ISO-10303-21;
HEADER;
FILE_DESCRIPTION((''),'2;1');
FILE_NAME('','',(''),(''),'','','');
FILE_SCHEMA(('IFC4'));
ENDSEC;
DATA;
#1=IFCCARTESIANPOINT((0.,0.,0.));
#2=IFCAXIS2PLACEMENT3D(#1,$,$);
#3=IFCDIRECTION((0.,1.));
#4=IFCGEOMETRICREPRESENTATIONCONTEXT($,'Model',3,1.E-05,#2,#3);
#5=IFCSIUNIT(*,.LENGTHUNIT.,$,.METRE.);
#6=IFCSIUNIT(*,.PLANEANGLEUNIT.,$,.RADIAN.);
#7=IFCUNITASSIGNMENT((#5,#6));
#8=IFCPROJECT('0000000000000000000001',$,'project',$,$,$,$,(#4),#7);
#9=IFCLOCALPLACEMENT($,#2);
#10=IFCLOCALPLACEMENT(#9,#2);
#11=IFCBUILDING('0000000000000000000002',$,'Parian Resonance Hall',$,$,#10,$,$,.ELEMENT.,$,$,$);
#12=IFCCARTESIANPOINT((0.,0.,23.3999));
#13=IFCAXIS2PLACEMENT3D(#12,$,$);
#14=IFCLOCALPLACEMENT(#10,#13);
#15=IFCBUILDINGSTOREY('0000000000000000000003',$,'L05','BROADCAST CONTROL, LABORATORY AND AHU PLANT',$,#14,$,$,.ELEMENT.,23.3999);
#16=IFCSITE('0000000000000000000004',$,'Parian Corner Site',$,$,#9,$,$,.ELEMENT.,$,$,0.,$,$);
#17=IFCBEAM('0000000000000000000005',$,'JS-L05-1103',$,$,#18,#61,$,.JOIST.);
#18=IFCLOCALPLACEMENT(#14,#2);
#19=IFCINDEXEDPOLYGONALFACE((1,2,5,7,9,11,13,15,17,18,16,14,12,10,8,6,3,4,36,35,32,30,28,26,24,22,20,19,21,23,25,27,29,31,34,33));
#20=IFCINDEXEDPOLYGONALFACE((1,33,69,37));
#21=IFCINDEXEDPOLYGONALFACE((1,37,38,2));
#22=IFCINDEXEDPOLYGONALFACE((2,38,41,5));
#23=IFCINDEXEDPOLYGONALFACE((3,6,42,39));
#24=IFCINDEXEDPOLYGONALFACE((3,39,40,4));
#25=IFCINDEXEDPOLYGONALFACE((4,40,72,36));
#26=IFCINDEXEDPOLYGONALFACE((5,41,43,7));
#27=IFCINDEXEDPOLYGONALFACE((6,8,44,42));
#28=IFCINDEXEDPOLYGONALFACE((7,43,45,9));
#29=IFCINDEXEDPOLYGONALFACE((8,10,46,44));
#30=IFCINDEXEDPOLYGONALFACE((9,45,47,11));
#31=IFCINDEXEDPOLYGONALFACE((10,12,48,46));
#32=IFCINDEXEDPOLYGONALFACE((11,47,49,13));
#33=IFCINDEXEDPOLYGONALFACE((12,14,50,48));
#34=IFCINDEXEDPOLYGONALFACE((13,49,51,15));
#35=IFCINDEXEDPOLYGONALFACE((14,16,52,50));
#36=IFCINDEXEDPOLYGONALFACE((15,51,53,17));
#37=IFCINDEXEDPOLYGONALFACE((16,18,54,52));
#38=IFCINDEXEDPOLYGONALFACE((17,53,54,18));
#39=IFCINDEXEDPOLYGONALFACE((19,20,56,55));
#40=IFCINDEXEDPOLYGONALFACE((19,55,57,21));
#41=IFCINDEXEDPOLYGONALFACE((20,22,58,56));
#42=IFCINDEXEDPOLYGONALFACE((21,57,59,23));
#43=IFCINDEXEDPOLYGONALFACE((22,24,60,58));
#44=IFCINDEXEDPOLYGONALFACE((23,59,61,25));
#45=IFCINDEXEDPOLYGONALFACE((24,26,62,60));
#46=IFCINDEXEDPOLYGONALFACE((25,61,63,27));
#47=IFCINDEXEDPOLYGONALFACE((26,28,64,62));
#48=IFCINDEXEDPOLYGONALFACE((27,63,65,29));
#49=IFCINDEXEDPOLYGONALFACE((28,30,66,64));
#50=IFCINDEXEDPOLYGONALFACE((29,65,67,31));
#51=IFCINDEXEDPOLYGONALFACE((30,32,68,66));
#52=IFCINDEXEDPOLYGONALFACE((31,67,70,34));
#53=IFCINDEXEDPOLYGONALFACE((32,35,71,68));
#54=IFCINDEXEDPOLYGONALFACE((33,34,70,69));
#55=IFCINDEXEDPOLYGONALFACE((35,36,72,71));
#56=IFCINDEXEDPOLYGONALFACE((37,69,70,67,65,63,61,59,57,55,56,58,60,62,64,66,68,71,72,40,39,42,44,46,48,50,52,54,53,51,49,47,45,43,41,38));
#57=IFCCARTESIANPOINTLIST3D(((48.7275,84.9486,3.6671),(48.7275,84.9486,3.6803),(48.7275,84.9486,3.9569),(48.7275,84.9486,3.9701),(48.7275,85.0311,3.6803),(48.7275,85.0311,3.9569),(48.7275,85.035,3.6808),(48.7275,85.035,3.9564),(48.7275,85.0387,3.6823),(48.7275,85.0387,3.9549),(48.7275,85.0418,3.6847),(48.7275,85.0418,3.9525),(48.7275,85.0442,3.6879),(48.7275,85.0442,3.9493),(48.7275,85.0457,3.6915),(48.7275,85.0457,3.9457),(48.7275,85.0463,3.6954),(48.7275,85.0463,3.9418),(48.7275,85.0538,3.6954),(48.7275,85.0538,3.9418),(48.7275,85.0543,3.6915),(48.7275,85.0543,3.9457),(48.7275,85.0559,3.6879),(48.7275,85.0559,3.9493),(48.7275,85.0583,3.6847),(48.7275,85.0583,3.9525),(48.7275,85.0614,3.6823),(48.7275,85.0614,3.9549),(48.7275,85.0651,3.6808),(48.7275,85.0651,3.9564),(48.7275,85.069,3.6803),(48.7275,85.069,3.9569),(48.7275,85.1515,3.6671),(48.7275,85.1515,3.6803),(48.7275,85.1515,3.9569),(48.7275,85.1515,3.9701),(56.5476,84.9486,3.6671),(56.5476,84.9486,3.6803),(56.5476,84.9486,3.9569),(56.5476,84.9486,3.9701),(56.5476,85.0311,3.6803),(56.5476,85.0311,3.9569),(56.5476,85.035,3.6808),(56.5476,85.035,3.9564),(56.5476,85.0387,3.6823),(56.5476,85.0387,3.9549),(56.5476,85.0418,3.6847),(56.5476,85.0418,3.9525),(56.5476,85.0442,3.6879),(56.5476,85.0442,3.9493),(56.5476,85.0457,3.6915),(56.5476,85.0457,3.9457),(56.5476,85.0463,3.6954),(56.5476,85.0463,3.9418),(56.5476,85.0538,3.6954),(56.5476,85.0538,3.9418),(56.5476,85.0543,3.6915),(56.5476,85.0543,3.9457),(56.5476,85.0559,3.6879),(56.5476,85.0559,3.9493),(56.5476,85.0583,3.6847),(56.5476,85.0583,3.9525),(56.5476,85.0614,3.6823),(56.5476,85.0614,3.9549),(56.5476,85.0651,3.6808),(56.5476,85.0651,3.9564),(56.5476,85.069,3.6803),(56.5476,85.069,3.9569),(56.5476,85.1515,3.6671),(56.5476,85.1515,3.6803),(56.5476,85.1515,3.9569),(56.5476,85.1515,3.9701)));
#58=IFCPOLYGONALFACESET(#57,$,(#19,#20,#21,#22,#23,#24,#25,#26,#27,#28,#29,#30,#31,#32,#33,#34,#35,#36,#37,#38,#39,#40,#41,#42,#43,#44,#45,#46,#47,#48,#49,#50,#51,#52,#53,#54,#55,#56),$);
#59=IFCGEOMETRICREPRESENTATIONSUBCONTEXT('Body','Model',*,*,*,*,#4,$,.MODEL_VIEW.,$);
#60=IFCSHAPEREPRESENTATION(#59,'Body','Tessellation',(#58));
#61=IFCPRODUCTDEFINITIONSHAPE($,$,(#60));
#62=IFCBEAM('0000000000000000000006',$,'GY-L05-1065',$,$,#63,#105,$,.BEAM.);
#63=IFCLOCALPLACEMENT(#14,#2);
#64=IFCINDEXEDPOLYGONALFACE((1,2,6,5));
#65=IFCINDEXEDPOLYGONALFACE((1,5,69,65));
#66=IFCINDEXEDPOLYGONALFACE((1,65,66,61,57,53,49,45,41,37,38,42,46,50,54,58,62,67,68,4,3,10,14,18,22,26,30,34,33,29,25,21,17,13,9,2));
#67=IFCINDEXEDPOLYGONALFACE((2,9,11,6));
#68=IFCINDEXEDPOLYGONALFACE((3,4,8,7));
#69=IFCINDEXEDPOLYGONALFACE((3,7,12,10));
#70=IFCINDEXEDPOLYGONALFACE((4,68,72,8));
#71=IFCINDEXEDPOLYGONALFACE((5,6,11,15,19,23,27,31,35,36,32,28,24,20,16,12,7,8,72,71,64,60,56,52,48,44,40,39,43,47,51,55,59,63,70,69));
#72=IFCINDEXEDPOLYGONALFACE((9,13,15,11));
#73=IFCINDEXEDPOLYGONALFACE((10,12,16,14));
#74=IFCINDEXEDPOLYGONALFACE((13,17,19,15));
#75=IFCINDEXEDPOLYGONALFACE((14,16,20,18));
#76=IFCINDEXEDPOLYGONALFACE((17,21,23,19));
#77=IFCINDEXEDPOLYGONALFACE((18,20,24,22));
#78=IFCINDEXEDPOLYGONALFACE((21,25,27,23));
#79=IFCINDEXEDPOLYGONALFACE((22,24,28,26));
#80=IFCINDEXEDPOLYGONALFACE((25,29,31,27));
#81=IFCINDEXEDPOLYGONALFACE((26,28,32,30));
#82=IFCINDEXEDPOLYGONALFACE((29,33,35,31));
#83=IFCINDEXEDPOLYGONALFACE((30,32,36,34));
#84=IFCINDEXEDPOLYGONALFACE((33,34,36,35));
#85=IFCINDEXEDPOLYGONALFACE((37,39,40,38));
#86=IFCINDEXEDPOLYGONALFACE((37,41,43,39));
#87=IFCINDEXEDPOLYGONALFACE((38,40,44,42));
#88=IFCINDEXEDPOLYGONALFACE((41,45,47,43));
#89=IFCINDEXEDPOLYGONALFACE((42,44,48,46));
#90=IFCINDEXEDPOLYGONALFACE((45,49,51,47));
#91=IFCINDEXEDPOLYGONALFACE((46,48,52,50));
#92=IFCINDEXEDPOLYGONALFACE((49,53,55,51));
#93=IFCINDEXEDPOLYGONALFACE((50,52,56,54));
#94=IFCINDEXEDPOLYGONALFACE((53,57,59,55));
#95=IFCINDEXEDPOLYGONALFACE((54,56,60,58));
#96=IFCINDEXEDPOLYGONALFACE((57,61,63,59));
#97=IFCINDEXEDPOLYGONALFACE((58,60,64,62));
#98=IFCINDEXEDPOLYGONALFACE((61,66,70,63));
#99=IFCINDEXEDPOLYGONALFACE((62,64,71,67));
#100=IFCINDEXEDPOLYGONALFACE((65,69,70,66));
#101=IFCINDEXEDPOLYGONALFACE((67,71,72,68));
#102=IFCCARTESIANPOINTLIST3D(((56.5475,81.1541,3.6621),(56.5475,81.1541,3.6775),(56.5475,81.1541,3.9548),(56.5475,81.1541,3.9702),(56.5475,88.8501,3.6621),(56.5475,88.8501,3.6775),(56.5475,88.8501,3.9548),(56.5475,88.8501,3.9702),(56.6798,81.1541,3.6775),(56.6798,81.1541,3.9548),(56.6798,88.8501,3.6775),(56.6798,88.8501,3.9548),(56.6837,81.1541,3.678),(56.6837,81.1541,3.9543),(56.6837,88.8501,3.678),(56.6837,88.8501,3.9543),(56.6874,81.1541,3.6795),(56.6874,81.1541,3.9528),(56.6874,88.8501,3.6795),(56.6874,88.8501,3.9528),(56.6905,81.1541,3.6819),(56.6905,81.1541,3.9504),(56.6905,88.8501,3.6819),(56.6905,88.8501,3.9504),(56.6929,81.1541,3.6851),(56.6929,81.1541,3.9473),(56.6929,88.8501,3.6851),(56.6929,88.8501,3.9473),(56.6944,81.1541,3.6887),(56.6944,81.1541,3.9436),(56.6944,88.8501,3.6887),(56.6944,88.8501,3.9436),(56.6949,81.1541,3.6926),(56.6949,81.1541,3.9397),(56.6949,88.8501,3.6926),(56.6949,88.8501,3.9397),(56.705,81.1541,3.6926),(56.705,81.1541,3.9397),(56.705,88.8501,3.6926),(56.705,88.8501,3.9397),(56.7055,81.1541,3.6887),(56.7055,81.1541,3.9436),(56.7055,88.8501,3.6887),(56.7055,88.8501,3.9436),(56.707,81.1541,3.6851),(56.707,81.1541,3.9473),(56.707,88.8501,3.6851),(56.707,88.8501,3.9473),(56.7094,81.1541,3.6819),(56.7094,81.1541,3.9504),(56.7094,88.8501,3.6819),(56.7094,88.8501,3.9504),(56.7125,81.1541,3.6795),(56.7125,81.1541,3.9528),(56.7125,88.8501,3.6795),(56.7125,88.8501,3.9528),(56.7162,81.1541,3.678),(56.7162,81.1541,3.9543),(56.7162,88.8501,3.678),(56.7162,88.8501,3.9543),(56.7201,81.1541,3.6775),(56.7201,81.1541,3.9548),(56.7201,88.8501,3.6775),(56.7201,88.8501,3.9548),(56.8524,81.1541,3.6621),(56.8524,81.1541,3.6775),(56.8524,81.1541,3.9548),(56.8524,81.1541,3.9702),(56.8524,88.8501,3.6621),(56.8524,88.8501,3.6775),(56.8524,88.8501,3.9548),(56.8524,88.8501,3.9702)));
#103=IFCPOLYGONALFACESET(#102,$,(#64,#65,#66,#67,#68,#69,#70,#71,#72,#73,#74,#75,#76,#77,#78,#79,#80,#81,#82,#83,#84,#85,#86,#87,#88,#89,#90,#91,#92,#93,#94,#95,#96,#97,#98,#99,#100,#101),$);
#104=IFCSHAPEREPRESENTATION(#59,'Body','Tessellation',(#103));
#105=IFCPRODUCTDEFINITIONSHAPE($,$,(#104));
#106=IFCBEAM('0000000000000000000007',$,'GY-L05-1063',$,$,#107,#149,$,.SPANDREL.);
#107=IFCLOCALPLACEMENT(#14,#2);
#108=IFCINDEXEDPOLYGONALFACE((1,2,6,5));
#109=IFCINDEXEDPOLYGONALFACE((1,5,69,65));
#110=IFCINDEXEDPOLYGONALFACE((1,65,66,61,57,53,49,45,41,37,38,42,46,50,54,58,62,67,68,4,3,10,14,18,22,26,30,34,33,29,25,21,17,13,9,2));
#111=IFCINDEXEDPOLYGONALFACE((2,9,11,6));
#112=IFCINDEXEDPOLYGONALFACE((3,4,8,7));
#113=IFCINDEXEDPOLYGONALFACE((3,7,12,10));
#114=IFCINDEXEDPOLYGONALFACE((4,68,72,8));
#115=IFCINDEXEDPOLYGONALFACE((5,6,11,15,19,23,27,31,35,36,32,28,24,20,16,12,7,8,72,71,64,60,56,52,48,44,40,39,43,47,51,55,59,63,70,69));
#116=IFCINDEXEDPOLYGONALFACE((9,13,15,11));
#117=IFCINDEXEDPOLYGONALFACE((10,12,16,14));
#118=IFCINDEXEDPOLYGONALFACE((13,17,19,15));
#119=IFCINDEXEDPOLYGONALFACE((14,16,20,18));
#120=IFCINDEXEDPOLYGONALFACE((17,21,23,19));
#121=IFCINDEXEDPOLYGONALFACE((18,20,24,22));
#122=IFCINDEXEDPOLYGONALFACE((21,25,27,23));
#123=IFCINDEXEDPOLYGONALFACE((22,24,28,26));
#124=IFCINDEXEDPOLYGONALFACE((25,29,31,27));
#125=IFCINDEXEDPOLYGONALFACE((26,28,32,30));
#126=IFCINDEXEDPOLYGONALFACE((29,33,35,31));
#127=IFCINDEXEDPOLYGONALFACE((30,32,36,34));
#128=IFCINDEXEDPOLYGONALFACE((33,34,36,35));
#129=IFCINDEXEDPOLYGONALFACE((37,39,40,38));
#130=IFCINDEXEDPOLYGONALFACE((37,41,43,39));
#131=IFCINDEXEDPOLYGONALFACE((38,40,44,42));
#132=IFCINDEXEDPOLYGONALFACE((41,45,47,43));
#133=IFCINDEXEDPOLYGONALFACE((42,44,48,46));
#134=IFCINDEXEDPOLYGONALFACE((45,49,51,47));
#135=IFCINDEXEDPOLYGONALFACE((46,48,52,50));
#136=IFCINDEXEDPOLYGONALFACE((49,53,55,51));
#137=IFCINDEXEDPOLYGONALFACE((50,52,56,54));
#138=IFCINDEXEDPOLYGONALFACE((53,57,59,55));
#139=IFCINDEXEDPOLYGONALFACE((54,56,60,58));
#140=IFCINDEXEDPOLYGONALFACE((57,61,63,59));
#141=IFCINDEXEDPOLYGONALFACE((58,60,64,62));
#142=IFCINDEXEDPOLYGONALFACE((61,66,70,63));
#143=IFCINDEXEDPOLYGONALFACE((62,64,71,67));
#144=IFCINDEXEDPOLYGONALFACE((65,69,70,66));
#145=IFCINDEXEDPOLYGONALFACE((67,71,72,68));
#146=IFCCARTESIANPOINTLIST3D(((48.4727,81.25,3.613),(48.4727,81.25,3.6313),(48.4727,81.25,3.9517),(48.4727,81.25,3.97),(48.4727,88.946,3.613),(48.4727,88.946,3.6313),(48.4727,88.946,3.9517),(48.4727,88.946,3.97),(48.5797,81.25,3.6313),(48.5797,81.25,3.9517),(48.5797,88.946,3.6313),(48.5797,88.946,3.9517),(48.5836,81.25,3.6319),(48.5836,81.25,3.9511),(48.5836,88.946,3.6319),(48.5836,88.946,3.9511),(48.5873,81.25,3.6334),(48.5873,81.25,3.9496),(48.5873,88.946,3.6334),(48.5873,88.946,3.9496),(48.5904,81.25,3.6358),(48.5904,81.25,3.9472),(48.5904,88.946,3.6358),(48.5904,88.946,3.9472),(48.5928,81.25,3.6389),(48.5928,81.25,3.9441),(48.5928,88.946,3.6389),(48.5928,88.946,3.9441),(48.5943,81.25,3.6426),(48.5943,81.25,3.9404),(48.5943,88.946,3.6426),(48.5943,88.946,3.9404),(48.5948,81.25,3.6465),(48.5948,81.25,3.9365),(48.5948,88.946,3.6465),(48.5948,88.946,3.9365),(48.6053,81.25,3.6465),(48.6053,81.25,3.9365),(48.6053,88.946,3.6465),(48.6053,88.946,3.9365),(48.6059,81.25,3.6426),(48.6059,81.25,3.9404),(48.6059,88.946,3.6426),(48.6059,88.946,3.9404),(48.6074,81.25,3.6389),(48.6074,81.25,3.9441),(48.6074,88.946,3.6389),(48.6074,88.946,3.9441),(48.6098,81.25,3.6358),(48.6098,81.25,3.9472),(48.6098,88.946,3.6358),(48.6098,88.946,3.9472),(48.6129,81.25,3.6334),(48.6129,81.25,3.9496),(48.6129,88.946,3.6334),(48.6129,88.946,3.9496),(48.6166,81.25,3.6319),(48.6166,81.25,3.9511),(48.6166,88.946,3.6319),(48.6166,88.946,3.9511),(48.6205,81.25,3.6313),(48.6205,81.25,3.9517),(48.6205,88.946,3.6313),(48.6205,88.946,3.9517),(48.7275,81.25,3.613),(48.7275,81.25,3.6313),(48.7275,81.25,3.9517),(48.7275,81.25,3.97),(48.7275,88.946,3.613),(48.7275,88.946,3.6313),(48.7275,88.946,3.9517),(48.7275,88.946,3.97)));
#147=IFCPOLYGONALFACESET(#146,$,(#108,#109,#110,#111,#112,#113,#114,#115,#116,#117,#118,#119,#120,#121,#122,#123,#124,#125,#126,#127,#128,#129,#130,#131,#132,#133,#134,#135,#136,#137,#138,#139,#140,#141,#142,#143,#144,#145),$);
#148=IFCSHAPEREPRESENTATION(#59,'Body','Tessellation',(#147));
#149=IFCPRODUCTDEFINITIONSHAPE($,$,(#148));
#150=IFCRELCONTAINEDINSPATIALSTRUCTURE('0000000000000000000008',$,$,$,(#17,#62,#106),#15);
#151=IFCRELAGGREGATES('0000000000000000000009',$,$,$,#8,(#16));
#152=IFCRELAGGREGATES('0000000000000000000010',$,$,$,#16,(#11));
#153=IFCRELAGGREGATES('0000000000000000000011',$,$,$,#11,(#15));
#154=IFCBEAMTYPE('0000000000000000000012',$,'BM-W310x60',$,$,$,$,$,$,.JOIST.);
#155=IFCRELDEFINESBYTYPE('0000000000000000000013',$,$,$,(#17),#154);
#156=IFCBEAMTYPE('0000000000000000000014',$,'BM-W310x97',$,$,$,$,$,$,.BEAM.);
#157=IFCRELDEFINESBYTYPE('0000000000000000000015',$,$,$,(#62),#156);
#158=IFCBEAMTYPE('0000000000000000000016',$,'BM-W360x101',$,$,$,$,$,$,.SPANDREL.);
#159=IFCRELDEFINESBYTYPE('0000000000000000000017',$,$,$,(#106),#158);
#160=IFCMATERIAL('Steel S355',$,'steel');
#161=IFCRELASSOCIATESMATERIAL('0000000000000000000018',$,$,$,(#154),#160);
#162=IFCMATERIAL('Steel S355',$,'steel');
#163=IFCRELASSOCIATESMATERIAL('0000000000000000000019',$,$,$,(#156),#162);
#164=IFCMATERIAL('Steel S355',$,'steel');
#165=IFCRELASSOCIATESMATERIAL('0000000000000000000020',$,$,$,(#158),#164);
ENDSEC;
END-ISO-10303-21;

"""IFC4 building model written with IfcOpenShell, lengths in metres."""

from ifc_helpers import new_model, si_unit, direction, frame, origin, origin_2d, place, context, subcontext, project, spatial, i_section, extrude, material, material_profile, profile_set, type_object, element, save


model = new_model("IFC4")

# Units and contexts
model_context = context("Model", 3, precision=1e-05, world=origin(), true_north=direction((0.0, 1.0)))
body_context = subcontext(model_context, "Body", "Model", "MODEL_VIEW")
ifc_project = project(units=[si_unit("LENGTHUNIT", "METRE"), si_unit("PLANEANGLEUNIT", "RADIAN")], contexts=[model_context])

# Site, building, storey
site_placement = place(None, origin())
site = spatial("IfcSite", under=ifc_project, at=site_placement, Name="Parian Corner Site", CompositionType="ELEMENT", RefElevation=0.0)
building_placement = place(site_placement, origin())
building = spatial("IfcBuilding", under=site, at=building_placement, Name="Parian Resonance Hall", CompositionType="ELEMENT")
storey_placement = place(building_placement, frame((0.0, 0.0, 23.3999)))
storey = spatial("IfcBuildingStorey", under=building, at=storey_placement, Name="L05", Description="BROADCAST CONTROL, LABORATORY AND AHU PLANT", CompositionType="ELEMENT", Elevation=23.3999)

# Beams
ifc_material_1 = material(Name="Steel S355", Category="steel")
ifc_material_profile_1 = material_profile(ifc_material_1, i_section(OverallWidth=0.2029, OverallDepth=0.303, WebThickness=0.0076, FlangeThickness=0.0132, FilletRadius=0.0151, at=origin_2d()), Name="W310x60")
ifc_profile_set_1 = profile_set([ifc_material_profile_1], Name="Steel S355")
beam_type_1 = type_object("IfcBeamType", Name="BM-W310x60", PredefinedType="JOIST", material=ifc_profile_set_1)
beam_1_placement = place(storey_placement, frame((48.7275, 85.05, 3.8186), z_axis=(1.0, 0.0, 0.0), x_axis=(0.0, 1.0, 0.0)))
element("IfcBeam", 1, at=beam_1_placement, inside=storey, type_object=beam_type_1, Name="JS-L05-1103", PredefinedType="JOIST", context=body_context, shape_type="SweptSolid", body=[
    extrude(i_section(OverallWidth=0.2029, OverallDepth=0.303, WebThickness=0.0076, FlangeThickness=0.0132, FilletRadius=0.0151, at=origin_2d()), origin(), (0.0, 0.0, 1.0), 7.8201),
])
ifc_material_2 = material(Name="Steel S355", Category="steel")
ifc_material_profile_2 = material_profile(ifc_material_2, i_section(OverallWidth=0.3049, OverallDepth=0.3081, WebThickness=0.01, FlangeThickness=0.0154, FilletRadius=0.0151, at=origin_2d()), Name="W310x97")
ifc_profile_set_2 = profile_set([ifc_material_profile_2], Name="Steel S355")
beam_type_2 = type_object("IfcBeamType", Name="BM-W310x97", PredefinedType="BEAM", material=ifc_profile_set_2)
beam_2_placement = place(storey_placement, frame((56.7, 81.1541, 3.8162), z_axis=(0.0, 1.0, 0.0), x_axis=(-1.0, 0.0, 0.0)))
element("IfcBeam", 2, at=beam_2_placement, inside=storey, type_object=beam_type_2, Name="GY-L05-1065", PredefinedType="BEAM", context=body_context, shape_type="SweptSolid", body=[
    extrude(i_section(OverallWidth=0.3049, OverallDepth=0.3081, WebThickness=0.01, FlangeThickness=0.0154, FilletRadius=0.0151, at=origin_2d()), origin(), (0.0, 0.0, 1.0), 7.696),
])
ifc_material_3 = material(Name="Steel S355", Category="steel")
ifc_material_profile_3 = material_profile(ifc_material_3, i_section(OverallWidth=0.2549, OverallDepth=0.3569, WebThickness=0.0105, FlangeThickness=0.0183, FilletRadius=0.0151, at=origin_2d()), Name="W360x101")
ifc_profile_set_3 = profile_set([ifc_material_profile_3], Name="Steel S355")
beam_type_3 = type_object("IfcBeamType", Name="BM-W360x101", PredefinedType="SPANDREL", material=ifc_profile_set_3)
beam_3_placement = place(storey_placement, frame((48.6001, 81.25, 3.7915), z_axis=(0.0, 1.0, 0.0), x_axis=(-1.0, 0.0, 0.0)))
element("IfcBeam", 3, at=beam_3_placement, inside=storey, type_object=beam_type_3, Name="GY-L05-1063", PredefinedType="SPANDREL", context=body_context, shape_type="SweptSolid", body=[
    extrude(i_section(OverallWidth=0.2549, OverallDepth=0.3569, WebThickness=0.0105, FlangeThickness=0.0183, FilletRadius=0.0151, at=origin_2d()), origin(), (0.0, 0.0, 1.0), 7.696),
])

save(model, "model.ifc")
